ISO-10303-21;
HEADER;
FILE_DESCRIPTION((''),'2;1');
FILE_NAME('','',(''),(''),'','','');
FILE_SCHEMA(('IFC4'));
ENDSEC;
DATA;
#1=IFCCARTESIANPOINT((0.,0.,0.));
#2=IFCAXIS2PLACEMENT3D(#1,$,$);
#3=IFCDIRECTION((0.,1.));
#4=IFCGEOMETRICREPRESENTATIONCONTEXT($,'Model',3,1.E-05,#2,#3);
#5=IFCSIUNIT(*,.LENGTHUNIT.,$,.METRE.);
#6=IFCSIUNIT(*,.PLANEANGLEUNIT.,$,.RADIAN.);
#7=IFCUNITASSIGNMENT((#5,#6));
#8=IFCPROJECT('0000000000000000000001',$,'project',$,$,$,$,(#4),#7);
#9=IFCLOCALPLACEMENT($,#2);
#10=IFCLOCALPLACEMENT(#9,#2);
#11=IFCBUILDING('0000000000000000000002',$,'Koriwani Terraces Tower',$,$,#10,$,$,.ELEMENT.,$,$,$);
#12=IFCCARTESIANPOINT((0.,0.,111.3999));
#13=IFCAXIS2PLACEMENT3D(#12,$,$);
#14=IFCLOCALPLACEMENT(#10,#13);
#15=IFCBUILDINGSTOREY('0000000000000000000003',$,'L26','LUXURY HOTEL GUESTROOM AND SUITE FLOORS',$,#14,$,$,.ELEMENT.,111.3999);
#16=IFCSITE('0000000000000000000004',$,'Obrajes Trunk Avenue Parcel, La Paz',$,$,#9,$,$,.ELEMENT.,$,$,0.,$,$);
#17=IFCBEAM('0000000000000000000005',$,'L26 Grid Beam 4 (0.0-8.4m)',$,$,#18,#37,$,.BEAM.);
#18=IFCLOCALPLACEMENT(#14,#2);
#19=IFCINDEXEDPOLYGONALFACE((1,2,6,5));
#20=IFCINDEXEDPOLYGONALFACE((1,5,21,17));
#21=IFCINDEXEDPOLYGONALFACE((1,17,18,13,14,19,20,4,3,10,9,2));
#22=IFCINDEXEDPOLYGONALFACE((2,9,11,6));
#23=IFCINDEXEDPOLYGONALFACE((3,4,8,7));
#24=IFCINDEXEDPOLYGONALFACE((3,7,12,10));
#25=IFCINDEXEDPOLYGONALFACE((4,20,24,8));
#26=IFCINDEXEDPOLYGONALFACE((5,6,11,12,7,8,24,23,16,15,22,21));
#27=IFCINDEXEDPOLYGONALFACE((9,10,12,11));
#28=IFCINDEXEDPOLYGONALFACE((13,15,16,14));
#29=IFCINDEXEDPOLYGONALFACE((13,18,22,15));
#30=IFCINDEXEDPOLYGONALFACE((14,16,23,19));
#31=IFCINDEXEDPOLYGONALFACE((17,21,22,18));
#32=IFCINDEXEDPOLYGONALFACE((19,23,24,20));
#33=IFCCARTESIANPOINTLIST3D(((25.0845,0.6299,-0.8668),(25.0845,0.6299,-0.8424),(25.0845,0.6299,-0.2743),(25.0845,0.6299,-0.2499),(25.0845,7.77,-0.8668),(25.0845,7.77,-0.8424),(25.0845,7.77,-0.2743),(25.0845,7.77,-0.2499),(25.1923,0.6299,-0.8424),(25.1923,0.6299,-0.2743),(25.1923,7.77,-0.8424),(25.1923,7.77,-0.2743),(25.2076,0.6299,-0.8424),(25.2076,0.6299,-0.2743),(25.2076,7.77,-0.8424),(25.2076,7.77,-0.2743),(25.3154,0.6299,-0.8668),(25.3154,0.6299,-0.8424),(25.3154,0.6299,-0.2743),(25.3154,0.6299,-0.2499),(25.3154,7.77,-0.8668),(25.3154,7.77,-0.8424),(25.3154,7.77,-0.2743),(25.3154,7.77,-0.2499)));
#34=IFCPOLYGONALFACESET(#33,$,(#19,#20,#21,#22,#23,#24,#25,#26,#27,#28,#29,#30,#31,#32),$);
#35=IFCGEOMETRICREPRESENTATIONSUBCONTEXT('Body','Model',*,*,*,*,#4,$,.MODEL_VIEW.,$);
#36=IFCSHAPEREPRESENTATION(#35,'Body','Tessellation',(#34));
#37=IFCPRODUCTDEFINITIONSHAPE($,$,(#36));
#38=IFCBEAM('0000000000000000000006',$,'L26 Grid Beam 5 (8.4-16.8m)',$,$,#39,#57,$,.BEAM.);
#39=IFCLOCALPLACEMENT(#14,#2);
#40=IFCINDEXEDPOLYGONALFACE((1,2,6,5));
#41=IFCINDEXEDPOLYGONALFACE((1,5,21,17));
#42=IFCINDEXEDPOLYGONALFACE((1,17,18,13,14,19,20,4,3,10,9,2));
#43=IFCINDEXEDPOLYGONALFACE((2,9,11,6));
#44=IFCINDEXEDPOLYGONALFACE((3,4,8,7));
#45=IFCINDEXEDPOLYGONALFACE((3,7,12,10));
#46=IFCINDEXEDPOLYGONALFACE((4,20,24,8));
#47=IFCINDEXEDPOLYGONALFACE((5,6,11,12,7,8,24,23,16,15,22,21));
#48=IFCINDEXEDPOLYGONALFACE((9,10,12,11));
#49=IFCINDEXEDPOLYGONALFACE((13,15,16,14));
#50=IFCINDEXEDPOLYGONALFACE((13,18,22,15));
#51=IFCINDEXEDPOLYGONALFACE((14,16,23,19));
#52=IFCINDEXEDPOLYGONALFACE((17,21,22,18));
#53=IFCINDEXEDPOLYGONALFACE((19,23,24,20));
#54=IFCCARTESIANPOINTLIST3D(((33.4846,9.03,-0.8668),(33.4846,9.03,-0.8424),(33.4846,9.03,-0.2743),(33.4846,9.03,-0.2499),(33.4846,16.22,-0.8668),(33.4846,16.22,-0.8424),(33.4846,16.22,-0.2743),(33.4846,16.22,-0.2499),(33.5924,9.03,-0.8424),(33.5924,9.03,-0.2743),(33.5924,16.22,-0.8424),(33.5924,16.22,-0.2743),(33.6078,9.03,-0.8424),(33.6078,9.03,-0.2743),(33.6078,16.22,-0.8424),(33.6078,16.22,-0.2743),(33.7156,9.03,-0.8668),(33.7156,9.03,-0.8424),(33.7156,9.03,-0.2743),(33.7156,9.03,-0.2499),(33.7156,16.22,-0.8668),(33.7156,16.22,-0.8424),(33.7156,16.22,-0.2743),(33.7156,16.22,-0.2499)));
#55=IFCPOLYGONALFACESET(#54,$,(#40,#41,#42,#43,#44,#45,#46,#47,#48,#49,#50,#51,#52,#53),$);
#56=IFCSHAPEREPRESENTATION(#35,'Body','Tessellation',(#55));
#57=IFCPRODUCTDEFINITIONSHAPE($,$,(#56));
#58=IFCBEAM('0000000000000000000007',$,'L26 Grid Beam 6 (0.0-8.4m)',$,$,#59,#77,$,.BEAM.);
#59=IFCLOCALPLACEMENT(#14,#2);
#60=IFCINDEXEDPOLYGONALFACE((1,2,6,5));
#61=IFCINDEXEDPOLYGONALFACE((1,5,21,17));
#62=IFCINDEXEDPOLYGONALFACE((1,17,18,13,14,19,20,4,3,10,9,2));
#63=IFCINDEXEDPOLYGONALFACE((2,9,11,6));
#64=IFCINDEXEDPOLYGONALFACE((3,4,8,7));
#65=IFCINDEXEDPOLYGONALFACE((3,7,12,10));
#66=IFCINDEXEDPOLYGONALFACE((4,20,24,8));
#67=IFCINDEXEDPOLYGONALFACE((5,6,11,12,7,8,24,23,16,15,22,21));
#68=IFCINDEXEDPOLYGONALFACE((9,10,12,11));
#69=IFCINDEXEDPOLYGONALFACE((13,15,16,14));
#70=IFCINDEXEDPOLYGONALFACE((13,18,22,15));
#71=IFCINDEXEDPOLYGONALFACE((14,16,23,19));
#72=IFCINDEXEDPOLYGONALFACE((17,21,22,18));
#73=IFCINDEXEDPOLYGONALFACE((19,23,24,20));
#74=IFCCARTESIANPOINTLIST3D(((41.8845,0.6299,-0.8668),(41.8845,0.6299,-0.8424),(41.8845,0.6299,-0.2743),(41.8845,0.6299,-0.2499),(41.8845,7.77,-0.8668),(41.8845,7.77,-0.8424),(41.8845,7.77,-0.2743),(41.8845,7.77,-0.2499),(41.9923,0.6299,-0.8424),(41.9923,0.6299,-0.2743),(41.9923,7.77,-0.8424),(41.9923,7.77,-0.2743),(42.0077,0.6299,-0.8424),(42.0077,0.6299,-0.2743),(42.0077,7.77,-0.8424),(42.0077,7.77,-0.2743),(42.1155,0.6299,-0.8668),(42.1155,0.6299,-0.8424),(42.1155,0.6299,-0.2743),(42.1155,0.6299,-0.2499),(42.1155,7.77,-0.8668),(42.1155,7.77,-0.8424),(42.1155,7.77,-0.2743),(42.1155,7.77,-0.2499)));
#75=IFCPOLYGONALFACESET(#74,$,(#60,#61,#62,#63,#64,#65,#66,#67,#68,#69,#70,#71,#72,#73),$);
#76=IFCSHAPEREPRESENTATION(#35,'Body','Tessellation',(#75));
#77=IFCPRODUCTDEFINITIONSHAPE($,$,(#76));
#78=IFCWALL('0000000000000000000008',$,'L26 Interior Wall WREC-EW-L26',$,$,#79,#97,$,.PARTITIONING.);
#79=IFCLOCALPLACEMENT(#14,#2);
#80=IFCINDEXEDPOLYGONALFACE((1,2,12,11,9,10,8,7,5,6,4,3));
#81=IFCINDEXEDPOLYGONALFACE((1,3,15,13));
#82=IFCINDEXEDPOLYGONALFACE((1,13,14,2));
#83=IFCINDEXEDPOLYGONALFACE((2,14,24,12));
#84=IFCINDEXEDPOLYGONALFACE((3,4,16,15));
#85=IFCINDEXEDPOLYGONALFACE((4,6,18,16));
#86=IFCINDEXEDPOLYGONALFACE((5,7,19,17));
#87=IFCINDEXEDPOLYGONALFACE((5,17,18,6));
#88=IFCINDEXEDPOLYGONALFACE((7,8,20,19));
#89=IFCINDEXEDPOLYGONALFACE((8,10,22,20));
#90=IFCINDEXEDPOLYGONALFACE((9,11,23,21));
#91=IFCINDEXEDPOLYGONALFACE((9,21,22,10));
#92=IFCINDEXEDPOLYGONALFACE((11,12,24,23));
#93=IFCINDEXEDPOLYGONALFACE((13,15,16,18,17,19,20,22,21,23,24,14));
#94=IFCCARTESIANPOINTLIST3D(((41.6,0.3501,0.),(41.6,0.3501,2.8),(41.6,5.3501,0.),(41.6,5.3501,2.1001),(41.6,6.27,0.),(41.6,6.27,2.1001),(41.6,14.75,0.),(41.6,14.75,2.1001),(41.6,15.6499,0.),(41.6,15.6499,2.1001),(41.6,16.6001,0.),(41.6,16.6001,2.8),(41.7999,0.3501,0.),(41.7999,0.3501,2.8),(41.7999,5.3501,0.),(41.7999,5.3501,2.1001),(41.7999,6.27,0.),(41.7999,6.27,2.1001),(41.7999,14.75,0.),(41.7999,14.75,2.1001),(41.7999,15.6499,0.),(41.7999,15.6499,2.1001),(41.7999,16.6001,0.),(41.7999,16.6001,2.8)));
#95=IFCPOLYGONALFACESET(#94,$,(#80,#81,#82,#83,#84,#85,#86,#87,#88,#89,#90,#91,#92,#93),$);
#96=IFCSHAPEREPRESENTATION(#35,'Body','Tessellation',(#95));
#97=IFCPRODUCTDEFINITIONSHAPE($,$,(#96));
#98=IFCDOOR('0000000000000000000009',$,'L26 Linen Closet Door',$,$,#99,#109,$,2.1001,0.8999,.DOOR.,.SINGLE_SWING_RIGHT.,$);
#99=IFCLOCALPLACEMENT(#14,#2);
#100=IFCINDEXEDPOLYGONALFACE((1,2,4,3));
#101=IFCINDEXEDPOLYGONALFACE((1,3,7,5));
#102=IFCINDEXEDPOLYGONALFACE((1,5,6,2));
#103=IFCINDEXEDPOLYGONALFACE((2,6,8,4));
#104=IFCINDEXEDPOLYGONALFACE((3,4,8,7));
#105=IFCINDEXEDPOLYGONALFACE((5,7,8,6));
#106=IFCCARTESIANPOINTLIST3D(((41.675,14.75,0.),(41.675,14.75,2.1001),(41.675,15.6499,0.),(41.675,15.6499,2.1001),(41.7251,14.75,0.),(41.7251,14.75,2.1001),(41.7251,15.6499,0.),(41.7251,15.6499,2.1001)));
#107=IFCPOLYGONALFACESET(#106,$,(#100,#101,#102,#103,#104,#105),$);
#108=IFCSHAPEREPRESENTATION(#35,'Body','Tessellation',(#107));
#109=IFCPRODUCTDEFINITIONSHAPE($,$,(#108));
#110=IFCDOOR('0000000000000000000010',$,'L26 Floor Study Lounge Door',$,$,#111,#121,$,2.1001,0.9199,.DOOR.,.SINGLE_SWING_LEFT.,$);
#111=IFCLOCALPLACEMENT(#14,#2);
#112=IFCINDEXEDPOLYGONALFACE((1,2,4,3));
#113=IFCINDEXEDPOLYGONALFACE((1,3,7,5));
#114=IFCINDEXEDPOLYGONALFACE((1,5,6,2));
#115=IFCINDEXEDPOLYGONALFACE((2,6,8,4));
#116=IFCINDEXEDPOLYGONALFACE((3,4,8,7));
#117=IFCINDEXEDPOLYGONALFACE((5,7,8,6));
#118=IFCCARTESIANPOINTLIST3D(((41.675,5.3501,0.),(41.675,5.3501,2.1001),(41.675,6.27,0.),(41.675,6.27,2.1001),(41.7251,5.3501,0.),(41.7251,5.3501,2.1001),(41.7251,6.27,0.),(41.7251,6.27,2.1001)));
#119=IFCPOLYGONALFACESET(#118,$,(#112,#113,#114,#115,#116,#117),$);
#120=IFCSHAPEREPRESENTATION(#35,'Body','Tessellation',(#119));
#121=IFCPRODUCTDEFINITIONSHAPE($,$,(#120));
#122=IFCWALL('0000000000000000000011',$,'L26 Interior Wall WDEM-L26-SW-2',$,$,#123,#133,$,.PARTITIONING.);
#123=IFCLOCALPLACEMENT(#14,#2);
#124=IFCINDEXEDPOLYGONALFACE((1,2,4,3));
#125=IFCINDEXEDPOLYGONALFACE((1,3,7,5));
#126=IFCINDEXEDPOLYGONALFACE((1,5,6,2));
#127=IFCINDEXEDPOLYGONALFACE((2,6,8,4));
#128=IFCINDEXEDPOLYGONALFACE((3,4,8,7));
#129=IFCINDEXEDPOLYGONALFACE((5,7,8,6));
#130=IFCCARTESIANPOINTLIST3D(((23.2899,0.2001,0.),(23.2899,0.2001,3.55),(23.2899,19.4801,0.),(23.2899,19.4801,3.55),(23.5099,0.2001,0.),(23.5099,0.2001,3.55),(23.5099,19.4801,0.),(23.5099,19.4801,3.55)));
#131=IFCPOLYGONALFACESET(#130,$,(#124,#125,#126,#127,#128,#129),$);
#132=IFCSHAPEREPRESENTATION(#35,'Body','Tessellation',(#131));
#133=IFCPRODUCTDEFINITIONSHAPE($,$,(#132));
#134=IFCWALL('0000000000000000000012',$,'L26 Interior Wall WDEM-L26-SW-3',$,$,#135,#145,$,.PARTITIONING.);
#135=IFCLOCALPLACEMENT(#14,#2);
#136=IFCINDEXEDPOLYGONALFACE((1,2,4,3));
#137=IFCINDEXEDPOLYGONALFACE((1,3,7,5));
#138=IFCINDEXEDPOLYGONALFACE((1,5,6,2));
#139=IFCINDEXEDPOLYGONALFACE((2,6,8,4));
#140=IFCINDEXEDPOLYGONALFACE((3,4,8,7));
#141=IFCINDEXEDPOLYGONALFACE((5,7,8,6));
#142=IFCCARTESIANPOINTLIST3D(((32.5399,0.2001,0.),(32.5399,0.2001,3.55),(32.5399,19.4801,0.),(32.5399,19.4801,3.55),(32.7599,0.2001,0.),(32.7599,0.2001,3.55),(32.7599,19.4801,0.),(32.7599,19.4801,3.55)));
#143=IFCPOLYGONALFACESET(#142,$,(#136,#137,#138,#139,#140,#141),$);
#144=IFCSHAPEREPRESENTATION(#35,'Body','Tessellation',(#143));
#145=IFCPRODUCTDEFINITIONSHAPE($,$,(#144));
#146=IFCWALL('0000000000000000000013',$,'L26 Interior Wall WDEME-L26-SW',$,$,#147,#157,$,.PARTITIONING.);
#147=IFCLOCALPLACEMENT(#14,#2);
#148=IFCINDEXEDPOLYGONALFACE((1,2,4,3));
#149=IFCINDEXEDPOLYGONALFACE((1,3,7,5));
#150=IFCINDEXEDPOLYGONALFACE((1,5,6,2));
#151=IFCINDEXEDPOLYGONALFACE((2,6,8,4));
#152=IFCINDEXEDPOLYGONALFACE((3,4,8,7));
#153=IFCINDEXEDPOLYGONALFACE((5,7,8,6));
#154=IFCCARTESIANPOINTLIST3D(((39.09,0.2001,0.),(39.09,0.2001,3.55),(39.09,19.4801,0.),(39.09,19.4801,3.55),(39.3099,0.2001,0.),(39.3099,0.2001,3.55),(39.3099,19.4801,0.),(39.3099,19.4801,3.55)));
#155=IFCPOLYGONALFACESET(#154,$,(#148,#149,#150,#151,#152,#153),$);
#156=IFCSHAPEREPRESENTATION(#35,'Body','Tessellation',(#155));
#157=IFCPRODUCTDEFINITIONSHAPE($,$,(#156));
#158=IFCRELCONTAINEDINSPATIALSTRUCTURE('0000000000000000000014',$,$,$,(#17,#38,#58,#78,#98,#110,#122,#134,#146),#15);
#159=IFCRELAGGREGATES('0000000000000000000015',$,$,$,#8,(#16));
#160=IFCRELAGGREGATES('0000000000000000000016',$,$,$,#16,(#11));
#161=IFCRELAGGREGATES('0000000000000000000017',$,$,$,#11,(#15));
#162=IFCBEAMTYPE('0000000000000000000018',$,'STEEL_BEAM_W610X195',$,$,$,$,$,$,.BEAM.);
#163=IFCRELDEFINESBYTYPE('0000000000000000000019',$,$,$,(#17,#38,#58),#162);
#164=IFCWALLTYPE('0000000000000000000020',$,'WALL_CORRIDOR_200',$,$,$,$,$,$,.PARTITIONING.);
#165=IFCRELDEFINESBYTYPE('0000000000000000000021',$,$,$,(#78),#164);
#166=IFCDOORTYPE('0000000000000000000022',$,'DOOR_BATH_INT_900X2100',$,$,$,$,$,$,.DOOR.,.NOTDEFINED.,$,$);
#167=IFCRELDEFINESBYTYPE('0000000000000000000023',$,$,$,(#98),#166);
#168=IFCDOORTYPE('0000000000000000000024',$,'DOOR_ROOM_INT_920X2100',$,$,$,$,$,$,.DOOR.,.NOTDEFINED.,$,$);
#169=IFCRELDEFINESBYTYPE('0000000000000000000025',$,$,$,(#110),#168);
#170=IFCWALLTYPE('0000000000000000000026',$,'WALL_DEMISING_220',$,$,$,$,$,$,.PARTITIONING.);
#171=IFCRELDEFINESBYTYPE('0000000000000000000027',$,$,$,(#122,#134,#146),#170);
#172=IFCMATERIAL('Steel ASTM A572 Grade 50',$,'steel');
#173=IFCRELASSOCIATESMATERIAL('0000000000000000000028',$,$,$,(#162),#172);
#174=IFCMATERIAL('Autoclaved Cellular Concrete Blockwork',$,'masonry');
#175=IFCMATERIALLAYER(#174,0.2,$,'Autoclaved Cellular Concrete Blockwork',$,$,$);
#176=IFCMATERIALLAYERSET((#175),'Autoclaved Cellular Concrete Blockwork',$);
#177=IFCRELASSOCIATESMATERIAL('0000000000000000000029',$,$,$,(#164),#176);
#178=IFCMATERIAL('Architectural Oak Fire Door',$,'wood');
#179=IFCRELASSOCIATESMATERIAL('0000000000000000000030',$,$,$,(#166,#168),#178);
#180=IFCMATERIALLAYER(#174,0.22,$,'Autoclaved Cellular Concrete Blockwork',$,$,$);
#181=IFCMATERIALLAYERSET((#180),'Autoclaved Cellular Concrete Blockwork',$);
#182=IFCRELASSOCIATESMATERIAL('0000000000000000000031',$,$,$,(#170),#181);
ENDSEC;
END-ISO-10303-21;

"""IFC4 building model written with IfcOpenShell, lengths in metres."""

from ifc_helpers import new_model, si_unit, direction, frame, frame_2d, origin, origin_2d, place, context, subcontext, project, spatial, rectangle, i_section, extrude, material, layer, layer_set, material_profile, profile_set, type_object, element, fill, save


model = new_model("IFC4")

# Units and contexts
model_context = context("Model", 3, precision=1e-05, world=origin(), true_north=direction((0.0, 1.0)))
body_context = subcontext(model_context, "Body", "Model", "MODEL_VIEW")
ifc_project = project(units=[si_unit("LENGTHUNIT", "METRE"), si_unit("PLANEANGLEUNIT", "RADIAN")], contexts=[model_context])

# Site, building, storey
site_placement = place(None, origin())
site = spatial("IfcSite", under=ifc_project, at=site_placement, Name="Obrajes Trunk Avenue Parcel, La Paz", CompositionType="ELEMENT", RefElevation=0.0)
building_placement = place(site_placement, origin())
building = spatial("IfcBuilding", under=site, at=building_placement, Name="Koriwani Terraces Tower", CompositionType="ELEMENT")
storey_placement = place(building_placement, frame((0.0, 0.0, 111.3999)))
storey = spatial("IfcBuildingStorey", under=building, at=storey_placement, Name="L26", Description="LUXURY HOTEL GUESTROOM AND SUITE FLOORS", CompositionType="ELEMENT", Elevation=111.3999)

# Beams
ifc_material_1 = material(Name="Steel ASTM A572 Grade 50", Category="steel")
ifc_material_profile_1 = material_profile(ifc_material_1, i_section(OverallWidth=0.231, OverallDepth=0.6169, WebThickness=0.0154, FlangeThickness=0.0244, at=origin_2d()), Name="Steel ASTM A572 Grade 50", Category="LoadBearing")
ifc_profile_set_1 = profile_set([ifc_material_profile_1], Name="Steel ASTM A572 Grade 50")
beam_type_1 = type_object("IfcBeamType", Name="STEEL_BEAM_W610X195", PredefinedType="BEAM", material=ifc_profile_set_1)
beam_1_placement = place(storey_placement, frame((25.2, 0.6299, -0.5583), z_axis=(0.0, 1.0, 0.0), x_axis=(-1.0, 0.0, 0.0)))
element("IfcBeam", 1, at=beam_1_placement, inside=storey, type_object=beam_type_1, Name="L26 Grid Beam 4 (0.0-8.4m)", PredefinedType="BEAM", context=body_context, shape_type="SweptSolid", body=[
    extrude(i_section(OverallWidth=0.231, OverallDepth=0.6169, WebThickness=0.0154, FlangeThickness=0.0244, at=origin_2d()), origin(), (0.0, 0.0, 1.0), 7.1401),
])
beam_2_placement = place(storey_placement, frame((33.6001, 9.03, -0.5583), z_axis=(0.0, 1.0, 0.0), x_axis=(-1.0, 0.0, 0.0)))
element("IfcBeam", 2, at=beam_2_placement, inside=storey, type_object=beam_type_1, Name="L26 Grid Beam 5 (8.4-16.8m)", PredefinedType="BEAM", context=body_context, shape_type="SweptSolid", body=[
    extrude(i_section(OverallWidth=0.231, OverallDepth=0.6169, WebThickness=0.0154, FlangeThickness=0.0244, at=origin_2d()), origin(), (0.0, 0.0, 1.0), 7.1899),
])
beam_3_placement = place(storey_placement, frame((42.0, 0.6299, -0.5583), z_axis=(0.0, 1.0, 0.0), x_axis=(-1.0, 0.0, 0.0)))
element("IfcBeam", 3, at=beam_3_placement, inside=storey, type_object=beam_type_1, Name="L26 Grid Beam 6 (0.0-8.4m)", PredefinedType="BEAM", context=body_context, shape_type="SweptSolid", body=[
    extrude(i_section(OverallWidth=0.231, OverallDepth=0.6169, WebThickness=0.0154, FlangeThickness=0.0244, at=origin_2d()), origin(), (0.0, 0.0, 1.0), 7.1401),
])

# Wall, openings, doors
ifc_material_2 = material(Name="Autoclaved Cellular Concrete Blockwork", Category="masonry")
ifc_layer_1 = layer(ifc_material_2, 0.2, Name="Autoclaved Cellular Concrete Blockwork")
ifc_layer_set_1 = layer_set([ifc_layer_1], Name="Autoclaved Cellular Concrete Blockwork")
wall_type_1 = type_object("IfcWallType", Name="WALL_CORRIDOR_200", PredefinedType="PARTITIONING", material=ifc_layer_set_1)
wall_1_placement = place(storey_placement, frame((41.7, 0.3501, 0.0), z_axis=(0.0, 0.0, 1.0), x_axis=(0.0, 1.0, 0.0)))
wall_1 = element("IfcWall", 4, at=wall_1_placement, inside=storey, type_object=wall_type_1, Name="L26 Interior Wall WREC-EW-L26", PredefinedType="PARTITIONING", context=body_context, shape_type="SweptSolid", body=[
    extrude(rectangle(XDim=16.25, YDim=0.2, at=frame_2d((8.125, 0.0))), origin(), (0.0, 0.0, 1.0), 2.8),
])
opening_1_placement = place(wall_1_placement, frame((5.0, 0.0, 0.0)))
opening_1 = element("IfcOpeningElement", 5, at=opening_1_placement, cuts=wall_1, PredefinedType="OPENING", context=body_context, shape_type="SweptSolid", body=[
    extrude(rectangle(XDim=0.9199, YDim=2.1001, at=frame_2d((0.46, 1.05))), frame((0.0, 0.1099, 0.0), z_axis=(0.0, -1.0, 0.0), x_axis=(1.0, 0.0, 0.0)), (0.0, 0.0, 1.0), 0.22),
])
opening_2_placement = place(wall_1_placement, frame((14.3999, 0.0, 0.0)))
opening_2 = element("IfcOpeningElement", 6, at=opening_2_placement, cuts=wall_1, PredefinedType="OPENING", context=body_context, shape_type="SweptSolid", body=[
    extrude(rectangle(XDim=0.8999, YDim=2.1001, at=frame_2d((0.45, 1.05))), frame((0.0, 0.1099, 0.0), z_axis=(0.0, -1.0, 0.0), x_axis=(1.0, 0.0, 0.0)), (0.0, 0.0, 1.0), 0.22),
])
ifc_material_3 = material(Name="Architectural Oak Fire Door", Category="wood")
door_type_1 = type_object("IfcDoorType", Name="DOOR_BATH_INT_900X2100", OperationType="NOTDEFINED", PredefinedType="DOOR", material=ifc_material_3)
door_1_placement = place(opening_2_placement, origin())
door_1 = element("IfcDoor", 7, at=door_1_placement, inside=storey, type_object=door_type_1, Name="L26 Linen Closet Door", OperationType="SINGLE_SWING_RIGHT", OverallHeight=2.1001, OverallWidth=0.8999, PredefinedType="DOOR", context=body_context, shape_type="SweptSolid", body=[
    extrude(rectangle(XDim=0.8999, YDim=2.1001, at=frame_2d((0.45, 1.05))), frame((0.0, 0.0249, 0.0), z_axis=(0.0, -1.0, 0.0), x_axis=(1.0, 0.0, 0.0)), (0.0, 0.0, 1.0), 0.05),
])
fill(opening_2, door_1)
door_type_2 = type_object("IfcDoorType", Name="DOOR_ROOM_INT_920X2100", OperationType="NOTDEFINED", PredefinedType="DOOR", material=ifc_material_3)
door_2_placement = place(opening_1_placement, origin())
door_2 = element("IfcDoor", 8, at=door_2_placement, inside=storey, type_object=door_type_2, Name="L26 Floor Study Lounge Door", OperationType="SINGLE_SWING_LEFT", OverallHeight=2.1001, OverallWidth=0.9199, PredefinedType="DOOR", context=body_context, shape_type="SweptSolid", body=[
    extrude(rectangle(XDim=0.9199, YDim=2.1001, at=frame_2d((0.46, 1.05))), frame((0.0, 0.0249, 0.0), z_axis=(0.0, -1.0, 0.0), x_axis=(1.0, 0.0, 0.0)), (0.0, 0.0, 1.0), 0.05),
])
fill(opening_1, door_2)

# Walls
ifc_layer_2 = layer(ifc_material_2, 0.22, Name="Autoclaved Cellular Concrete Blockwork")
ifc_layer_set_2 = layer_set([ifc_layer_2], Name="Autoclaved Cellular Concrete Blockwork")
wall_type_2 = type_object("IfcWallType", Name="WALL_DEMISING_220", PredefinedType="PARTITIONING", material=ifc_layer_set_2)
for number, where, z_axis, x_axis, name in (
    (9, (23.3999, 0.2, 0.0), (0.0, 0.0, 1.0), (0.0, 1.0, 0.0), "L26 Interior Wall WDEM-L26-SW-2"),
    (10, (32.6499, 0.2, 0.0), (0.0, 0.0, 1.0), (0.0, 1.0, 0.0), "L26 Interior Wall WDEM-L26-SW-3"),
    (11, (39.2, 0.2, 0.0), (0.0, 0.0, 1.0), (0.0, 1.0, 0.0), "L26 Interior Wall WDEME-L26-SW"),
):
    element("IfcWall", number, at=place(storey_placement, frame(where, z_axis=z_axis, x_axis=x_axis)), inside=storey, type_object=wall_type_2, Name=name, PredefinedType="PARTITIONING", context=body_context, shape_type="SweptSolid", body=[
        extrude(rectangle(XDim=19.28, YDim=0.22, at=frame_2d((9.6401, 0.0))), origin(), (0.0, 0.0, 1.0), 3.55),
    ])

save(model, "model.ifc")
